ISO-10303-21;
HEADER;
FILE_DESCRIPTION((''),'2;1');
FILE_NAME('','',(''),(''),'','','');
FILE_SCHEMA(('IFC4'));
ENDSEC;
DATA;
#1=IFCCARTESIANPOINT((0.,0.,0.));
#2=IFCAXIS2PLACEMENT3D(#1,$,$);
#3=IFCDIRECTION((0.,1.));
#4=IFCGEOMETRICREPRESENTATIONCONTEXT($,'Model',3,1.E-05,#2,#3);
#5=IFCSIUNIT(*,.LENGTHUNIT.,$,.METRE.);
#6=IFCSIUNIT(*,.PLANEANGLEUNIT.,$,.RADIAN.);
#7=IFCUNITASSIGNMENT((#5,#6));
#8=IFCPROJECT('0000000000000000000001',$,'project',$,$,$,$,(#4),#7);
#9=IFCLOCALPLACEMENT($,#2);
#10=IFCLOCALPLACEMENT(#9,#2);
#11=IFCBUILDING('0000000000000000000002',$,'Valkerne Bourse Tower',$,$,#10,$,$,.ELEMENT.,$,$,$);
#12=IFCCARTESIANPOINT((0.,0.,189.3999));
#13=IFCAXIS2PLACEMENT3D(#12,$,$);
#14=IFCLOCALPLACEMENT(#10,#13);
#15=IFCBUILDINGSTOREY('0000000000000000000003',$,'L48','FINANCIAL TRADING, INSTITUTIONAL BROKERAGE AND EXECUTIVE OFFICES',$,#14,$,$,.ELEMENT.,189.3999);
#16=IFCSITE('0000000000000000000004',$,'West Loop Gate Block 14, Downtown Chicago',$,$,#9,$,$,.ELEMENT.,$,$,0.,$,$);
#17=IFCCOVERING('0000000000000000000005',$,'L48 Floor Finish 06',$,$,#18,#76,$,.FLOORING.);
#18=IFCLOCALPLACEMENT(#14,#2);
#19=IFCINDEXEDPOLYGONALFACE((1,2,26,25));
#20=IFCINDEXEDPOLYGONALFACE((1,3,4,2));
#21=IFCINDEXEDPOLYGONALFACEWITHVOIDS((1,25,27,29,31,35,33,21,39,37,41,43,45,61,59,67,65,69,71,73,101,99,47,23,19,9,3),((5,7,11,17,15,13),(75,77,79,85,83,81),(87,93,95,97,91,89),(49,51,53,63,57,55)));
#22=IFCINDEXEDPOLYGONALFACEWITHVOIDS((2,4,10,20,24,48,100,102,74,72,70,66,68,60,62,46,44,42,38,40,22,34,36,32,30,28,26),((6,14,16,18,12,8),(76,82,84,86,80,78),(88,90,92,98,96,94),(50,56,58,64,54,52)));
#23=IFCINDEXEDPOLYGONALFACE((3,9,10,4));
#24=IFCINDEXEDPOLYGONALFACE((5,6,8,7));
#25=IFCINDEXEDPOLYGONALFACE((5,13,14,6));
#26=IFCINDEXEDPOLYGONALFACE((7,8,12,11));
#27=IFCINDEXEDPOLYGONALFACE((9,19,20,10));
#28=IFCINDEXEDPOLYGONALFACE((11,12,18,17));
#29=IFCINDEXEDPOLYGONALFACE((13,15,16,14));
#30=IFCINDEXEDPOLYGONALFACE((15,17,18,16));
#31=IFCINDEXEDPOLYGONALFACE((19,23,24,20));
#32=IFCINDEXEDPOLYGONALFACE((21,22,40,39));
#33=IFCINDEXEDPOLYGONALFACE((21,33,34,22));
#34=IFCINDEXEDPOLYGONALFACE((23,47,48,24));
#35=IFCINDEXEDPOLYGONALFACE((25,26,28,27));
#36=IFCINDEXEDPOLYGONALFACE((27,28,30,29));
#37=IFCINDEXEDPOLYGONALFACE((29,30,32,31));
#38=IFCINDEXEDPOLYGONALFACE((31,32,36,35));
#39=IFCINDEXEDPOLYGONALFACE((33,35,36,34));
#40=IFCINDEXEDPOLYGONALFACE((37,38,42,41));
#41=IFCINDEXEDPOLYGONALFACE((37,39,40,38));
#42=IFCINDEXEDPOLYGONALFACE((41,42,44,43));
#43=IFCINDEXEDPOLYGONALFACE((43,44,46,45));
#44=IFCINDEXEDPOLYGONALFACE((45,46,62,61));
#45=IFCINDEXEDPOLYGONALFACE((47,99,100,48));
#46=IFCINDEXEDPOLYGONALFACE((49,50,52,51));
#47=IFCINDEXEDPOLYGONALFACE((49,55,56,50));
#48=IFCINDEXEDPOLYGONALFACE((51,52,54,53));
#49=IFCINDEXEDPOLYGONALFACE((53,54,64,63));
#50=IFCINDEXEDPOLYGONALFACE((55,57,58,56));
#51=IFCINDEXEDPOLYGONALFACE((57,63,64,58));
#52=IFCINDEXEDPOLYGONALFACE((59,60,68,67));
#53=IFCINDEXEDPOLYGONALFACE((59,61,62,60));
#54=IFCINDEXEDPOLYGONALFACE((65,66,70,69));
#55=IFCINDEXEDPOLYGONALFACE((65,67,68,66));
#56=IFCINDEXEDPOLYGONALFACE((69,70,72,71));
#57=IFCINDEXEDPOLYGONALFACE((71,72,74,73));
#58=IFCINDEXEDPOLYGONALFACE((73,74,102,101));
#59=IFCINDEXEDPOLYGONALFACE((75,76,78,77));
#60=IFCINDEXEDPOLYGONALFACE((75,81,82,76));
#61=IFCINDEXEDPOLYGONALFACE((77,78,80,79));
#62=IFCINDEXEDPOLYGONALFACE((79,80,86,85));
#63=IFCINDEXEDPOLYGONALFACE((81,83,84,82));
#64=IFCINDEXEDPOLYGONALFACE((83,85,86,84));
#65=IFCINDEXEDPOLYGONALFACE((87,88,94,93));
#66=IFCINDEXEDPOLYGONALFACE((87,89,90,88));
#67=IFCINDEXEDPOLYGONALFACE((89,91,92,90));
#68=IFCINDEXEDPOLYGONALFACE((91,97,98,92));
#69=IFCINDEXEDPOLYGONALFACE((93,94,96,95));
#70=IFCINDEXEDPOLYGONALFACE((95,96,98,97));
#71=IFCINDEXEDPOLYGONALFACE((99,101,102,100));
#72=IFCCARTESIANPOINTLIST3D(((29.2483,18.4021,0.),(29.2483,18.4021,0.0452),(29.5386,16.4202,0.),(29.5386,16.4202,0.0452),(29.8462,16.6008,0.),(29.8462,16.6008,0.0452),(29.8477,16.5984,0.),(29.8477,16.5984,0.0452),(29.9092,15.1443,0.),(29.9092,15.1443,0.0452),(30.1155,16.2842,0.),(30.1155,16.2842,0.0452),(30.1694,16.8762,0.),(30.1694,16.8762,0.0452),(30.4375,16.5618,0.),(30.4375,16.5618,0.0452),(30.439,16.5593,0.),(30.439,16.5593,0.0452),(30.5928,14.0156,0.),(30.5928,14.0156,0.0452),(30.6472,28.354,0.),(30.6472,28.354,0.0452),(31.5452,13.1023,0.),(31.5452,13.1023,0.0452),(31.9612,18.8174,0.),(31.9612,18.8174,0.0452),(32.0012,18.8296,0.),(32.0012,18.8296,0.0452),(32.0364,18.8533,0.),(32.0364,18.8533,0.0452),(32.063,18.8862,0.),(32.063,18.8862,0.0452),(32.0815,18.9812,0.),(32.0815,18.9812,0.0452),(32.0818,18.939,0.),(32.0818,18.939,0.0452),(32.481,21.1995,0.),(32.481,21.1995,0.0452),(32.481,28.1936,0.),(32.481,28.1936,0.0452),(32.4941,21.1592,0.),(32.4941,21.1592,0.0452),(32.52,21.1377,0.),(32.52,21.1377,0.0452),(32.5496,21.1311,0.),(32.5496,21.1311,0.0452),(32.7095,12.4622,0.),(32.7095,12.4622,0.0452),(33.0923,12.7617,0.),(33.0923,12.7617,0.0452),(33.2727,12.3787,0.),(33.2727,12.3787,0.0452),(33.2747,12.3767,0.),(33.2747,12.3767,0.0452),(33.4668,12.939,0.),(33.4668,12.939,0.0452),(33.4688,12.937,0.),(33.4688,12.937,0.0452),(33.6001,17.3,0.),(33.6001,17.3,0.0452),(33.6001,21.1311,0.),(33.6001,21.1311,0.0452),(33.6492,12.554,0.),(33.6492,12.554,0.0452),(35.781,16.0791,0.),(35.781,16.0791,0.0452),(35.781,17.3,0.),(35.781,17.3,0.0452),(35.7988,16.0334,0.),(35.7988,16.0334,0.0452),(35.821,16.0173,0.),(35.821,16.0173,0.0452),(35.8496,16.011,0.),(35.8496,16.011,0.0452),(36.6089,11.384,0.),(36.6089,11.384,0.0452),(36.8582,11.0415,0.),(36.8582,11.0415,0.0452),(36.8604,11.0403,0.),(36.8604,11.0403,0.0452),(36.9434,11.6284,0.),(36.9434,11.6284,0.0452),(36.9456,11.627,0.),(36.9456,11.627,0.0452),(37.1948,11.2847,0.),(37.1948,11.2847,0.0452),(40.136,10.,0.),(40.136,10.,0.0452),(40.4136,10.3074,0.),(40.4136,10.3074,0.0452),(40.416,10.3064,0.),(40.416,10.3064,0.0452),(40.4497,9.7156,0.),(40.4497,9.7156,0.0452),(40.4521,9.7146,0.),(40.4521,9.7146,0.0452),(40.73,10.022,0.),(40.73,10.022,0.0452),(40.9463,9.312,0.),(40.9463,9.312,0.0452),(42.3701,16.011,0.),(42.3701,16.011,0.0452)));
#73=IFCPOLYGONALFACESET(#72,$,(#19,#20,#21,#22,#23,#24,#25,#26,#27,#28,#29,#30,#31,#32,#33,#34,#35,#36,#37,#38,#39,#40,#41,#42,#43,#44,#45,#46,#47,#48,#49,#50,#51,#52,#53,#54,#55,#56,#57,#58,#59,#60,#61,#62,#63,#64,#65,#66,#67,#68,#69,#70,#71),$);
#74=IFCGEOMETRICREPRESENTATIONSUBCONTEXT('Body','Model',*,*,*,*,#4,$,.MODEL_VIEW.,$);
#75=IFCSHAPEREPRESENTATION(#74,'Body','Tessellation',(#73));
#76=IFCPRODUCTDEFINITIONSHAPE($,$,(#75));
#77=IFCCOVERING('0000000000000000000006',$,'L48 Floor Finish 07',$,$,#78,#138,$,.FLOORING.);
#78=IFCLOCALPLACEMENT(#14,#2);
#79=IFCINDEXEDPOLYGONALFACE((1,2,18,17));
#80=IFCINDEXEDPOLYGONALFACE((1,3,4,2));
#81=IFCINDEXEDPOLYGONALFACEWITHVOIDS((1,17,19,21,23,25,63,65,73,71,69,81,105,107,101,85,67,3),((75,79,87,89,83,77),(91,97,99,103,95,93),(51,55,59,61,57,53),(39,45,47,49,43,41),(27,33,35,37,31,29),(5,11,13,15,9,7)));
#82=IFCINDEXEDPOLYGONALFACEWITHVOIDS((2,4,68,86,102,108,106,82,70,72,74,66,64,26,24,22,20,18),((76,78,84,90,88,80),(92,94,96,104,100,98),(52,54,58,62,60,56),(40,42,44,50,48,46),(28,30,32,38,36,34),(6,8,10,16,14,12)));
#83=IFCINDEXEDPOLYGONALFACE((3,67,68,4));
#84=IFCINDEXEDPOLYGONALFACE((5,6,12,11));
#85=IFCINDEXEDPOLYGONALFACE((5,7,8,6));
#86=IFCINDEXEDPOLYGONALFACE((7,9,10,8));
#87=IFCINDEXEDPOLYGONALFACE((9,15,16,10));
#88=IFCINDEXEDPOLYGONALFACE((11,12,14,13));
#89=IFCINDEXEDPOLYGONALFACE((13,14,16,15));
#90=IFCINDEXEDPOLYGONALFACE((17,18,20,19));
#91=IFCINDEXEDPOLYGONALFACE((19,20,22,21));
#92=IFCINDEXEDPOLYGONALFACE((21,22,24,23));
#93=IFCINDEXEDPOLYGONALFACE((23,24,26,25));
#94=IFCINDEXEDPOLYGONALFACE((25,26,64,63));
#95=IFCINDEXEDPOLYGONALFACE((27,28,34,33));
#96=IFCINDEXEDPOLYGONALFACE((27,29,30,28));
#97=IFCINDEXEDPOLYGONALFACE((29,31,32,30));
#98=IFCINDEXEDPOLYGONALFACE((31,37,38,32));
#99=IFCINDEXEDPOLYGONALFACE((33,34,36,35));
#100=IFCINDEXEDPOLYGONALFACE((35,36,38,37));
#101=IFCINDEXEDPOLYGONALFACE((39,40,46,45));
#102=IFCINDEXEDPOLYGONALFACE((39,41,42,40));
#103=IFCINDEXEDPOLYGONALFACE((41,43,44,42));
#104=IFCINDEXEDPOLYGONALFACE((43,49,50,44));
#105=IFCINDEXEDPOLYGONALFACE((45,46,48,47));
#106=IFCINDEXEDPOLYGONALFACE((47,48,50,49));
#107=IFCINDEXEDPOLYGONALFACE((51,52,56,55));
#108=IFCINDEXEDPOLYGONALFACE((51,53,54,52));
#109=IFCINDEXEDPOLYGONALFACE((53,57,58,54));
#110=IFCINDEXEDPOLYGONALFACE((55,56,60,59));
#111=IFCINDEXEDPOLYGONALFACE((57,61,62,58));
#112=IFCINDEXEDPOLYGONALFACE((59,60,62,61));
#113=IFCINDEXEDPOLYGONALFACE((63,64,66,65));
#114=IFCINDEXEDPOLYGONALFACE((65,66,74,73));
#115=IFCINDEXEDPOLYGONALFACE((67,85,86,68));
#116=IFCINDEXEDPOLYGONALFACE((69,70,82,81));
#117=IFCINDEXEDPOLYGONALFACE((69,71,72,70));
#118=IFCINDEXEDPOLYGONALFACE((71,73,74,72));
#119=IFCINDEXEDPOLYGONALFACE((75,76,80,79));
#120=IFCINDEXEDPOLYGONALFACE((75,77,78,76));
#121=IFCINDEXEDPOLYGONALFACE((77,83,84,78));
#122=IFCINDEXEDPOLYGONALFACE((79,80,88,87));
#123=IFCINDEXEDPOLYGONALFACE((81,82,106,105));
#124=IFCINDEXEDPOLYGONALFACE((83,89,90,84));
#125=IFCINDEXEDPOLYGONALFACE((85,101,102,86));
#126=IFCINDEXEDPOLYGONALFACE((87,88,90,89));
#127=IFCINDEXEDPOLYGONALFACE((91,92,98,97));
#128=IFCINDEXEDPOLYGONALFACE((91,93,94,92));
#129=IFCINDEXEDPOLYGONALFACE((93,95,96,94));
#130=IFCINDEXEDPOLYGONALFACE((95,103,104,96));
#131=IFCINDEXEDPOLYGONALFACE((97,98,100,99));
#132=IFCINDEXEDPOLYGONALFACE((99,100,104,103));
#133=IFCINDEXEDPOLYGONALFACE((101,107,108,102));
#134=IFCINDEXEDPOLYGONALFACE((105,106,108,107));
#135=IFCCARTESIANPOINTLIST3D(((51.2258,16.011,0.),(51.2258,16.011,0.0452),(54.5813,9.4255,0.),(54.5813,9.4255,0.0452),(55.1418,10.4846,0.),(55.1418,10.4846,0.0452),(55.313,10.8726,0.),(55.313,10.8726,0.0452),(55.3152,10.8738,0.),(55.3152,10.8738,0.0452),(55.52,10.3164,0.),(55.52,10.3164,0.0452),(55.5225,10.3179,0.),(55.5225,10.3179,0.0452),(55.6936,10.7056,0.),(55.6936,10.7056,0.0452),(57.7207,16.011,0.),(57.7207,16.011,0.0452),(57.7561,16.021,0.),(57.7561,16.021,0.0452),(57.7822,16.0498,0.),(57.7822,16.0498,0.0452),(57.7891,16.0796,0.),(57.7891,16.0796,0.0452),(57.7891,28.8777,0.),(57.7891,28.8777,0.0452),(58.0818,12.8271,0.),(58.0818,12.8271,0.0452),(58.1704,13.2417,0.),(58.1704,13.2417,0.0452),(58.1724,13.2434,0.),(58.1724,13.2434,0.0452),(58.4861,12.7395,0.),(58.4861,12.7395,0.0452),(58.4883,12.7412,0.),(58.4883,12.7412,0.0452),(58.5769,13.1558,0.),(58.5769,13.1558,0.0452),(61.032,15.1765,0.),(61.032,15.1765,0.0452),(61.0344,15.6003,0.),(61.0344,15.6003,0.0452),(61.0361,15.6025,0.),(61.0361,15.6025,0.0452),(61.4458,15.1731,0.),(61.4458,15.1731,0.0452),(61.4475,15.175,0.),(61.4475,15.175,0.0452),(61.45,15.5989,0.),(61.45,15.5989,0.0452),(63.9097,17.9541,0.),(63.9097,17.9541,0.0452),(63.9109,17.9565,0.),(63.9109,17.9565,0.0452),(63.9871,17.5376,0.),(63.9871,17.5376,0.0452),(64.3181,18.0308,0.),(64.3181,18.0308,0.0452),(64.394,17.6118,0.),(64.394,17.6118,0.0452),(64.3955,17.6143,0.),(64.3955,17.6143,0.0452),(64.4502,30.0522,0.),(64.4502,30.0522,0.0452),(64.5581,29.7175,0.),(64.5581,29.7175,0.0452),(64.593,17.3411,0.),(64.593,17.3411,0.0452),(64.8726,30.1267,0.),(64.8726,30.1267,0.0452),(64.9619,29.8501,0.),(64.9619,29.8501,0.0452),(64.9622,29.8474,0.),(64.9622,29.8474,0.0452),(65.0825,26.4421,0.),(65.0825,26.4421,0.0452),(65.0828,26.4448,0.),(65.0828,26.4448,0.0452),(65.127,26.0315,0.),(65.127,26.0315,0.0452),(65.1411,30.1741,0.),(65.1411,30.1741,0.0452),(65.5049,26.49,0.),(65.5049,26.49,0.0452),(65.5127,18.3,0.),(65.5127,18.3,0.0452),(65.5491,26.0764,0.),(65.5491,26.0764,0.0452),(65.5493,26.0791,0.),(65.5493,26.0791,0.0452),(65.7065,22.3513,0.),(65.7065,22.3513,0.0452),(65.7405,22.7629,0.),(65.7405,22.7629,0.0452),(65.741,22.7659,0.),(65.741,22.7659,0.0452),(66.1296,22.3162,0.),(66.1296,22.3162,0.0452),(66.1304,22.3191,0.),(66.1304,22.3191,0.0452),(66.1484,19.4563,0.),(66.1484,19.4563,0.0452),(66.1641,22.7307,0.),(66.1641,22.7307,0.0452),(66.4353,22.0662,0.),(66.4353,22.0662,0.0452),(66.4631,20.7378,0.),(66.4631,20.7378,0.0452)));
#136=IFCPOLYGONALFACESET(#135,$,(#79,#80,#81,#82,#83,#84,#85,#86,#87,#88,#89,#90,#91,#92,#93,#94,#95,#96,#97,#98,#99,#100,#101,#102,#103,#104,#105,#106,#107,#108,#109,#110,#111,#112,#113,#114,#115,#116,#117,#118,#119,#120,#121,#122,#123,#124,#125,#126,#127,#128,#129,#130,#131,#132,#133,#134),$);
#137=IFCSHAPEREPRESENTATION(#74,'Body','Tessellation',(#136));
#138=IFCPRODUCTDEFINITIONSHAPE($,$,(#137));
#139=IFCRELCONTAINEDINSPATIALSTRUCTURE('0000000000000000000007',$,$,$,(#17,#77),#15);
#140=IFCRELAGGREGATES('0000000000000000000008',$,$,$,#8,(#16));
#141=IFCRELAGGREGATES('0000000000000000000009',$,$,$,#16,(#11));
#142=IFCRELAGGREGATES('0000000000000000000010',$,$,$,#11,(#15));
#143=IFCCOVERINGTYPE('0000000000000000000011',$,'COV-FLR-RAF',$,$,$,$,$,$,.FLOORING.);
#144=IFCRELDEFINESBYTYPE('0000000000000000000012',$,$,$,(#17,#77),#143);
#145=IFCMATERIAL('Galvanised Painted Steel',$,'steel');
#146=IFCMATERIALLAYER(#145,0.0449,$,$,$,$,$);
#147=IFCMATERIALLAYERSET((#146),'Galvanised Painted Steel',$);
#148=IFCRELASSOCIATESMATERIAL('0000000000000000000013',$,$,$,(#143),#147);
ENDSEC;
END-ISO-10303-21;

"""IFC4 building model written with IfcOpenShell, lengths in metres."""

from ifc_helpers import new_model, si_unit, direction, frame, origin, place, context, subcontext, project, spatial, polyline, outline, extrude, material, layer, layer_set, type_object, element, save


model = new_model("IFC4")

# Units and contexts
model_context = context("Model", 3, precision=1e-05, world=origin(), true_north=direction((0.0, 1.0)))
body_context = subcontext(model_context, "Body", "Model", "MODEL_VIEW")
ifc_project = project(units=[si_unit("LENGTHUNIT", "METRE"), si_unit("PLANEANGLEUNIT", "RADIAN")], contexts=[model_context])

# Site, building, storey
site_placement = place(None, origin())
site = spatial("IfcSite", under=ifc_project, at=site_placement, Name="West Loop Gate Block 14, Downtown Chicago", CompositionType="ELEMENT", RefElevation=0.0)
building_placement = place(site_placement, origin())
building = spatial("IfcBuilding", under=site, at=building_placement, Name="Valkerne Bourse Tower", CompositionType="ELEMENT")
storey_placement = place(building_placement, frame((0.0, 0.0, 189.3999)))
storey = spatial("IfcBuildingStorey", under=building, at=storey_placement, Name="L48", Description="FINANCIAL TRADING, INSTITUTIONAL BROKERAGE AND EXECUTIVE OFFICES", CompositionType="ELEMENT", Elevation=189.3999)

# Coverings
ifc_material_1 = material(Name="Galvanised Painted Steel", Category="steel")
ifc_layer_1 = layer(ifc_material_1, 0.0449)
ifc_layer_set_1 = layer_set([ifc_layer_1], Name="Galvanised Painted Steel")
covering_type_1 = type_object("IfcCoveringType", Name="COV-FLR-RAF", PredefinedType="FLOORING", material=ifc_layer_set_1)
covering_1_placement = place(storey_placement, origin())
element("IfcCovering", 1, at=covering_1_placement, inside=storey, type_object=covering_type_1, Name="L48 Floor Finish 06", PredefinedType="FLOORING", context=body_context, shape_type="SweptSolid", body=[
    extrude(outline(polyline([(30.5928, 14.0156), (29.9092, 15.1443), (29.5386, 16.4202), (29.2483, 18.4021), (31.9612, 18.8174), (32.0012, 18.8296), (32.0364, 18.8533), (32.063, 18.8862), (32.0818, 18.939), (32.0815, 18.9812), (30.6472, 28.354), (32.481, 28.1936), (32.481, 21.1995), (32.4941, 21.1592), (32.52, 21.1377), (32.5496, 21.1311), (33.6001, 21.1311), (33.6001, 17.3), (35.781, 17.3), (35.781, 16.0791), (35.7988, 16.0334), (35.821, 16.0173), (35.8496, 16.011), (42.3701, 16.011), (40.9463, 9.312), (32.7095, 12.4622), (31.5452, 13.1023), (30.5928, 14.0156)]), holes=[polyline([(36.9456, 11.627), (36.9434, 11.6284), (36.6089, 11.384), (36.8582, 11.0415), (36.8604, 11.0403), (37.1948, 11.2847), (36.9456, 11.627)]), polyline([(33.4688, 12.937), (33.4668, 12.939), (33.0923, 12.7617), (33.2727, 12.3787), (33.2747, 12.3767), (33.6492, 12.554), (33.4688, 12.937)]), polyline([(30.439, 16.5593), (30.4375, 16.5618), (30.1694, 16.8762), (29.8462, 16.6008), (29.8477, 16.5984), (30.1155, 16.2842), (30.439, 16.5593)]), polyline([(40.416, 10.3064), (40.4136, 10.3074), (40.136, 10.0), (40.4497, 9.7156), (40.4521, 9.7146), (40.73, 10.022), (40.416, 10.3064)])]), origin(), (0.0, 0.0, 1.0), 0.0452),
])
covering_2_placement = place(storey_placement, origin())
element("IfcCovering", 2, at=covering_2_placement, inside=storey, type_object=covering_type_1, Name="L48 Floor Finish 07", PredefinedType="FLOORING", context=body_context, shape_type="SweptSolid", body=[
    extrude(outline(polyline([(66.1484, 19.4563), (65.5127, 18.3), (64.593, 17.3411), (54.5813, 9.4255), (51.2258, 16.011), (57.7207, 16.011), (57.7561, 16.021), (57.7822, 16.0498), (57.7891, 16.0796), (57.7891, 28.8777), (64.4502, 30.0522), (64.5581, 29.7175), (64.9622, 29.8474), (64.9619, 29.8501), (64.8726, 30.1267), (65.1411, 30.1741), (66.4353, 22.0662), (66.4631, 20.7378), (66.1484, 19.4563)]), holes=[polyline([(55.5225, 10.3179), (55.6936, 10.7056), (55.3152, 10.8738), (55.313, 10.8726), (55.1418, 10.4846), (55.52, 10.3164), (55.5225, 10.3179)]), polyline([(58.4883, 12.7412), (58.5769, 13.1558), (58.1724, 13.2434), (58.1704, 13.2417), (58.0818, 12.8271), (58.4861, 12.7395), (58.4883, 12.7412)]), polyline([(61.45, 15.5989), (61.0361, 15.6025), (61.0344, 15.6003), (61.032, 15.1765), (61.4458, 15.1731), (61.4475, 15.175), (61.45, 15.5989)]), polyline([(64.3955, 17.6143), (64.3181, 18.0308), (63.9109, 17.9565), (63.9097, 17.9541), (63.9871, 17.5376), (64.394, 17.6118), (64.3955, 17.6143)]), polyline([(66.1641, 22.7307), (65.741, 22.7659), (65.7405, 22.7629), (65.7065, 22.3513), (66.1296, 22.3162), (66.1304, 22.3191), (66.1641, 22.7307)]), polyline([(65.5491, 26.0764), (65.5493, 26.0791), (65.5049, 26.49), (65.0828, 26.4448), (65.0825, 26.4421), (65.127, 26.0315), (65.5491, 26.0764)])]), origin(), (0.0, 0.0, 1.0), 0.0452),
])

save(model, "model.ifc")
